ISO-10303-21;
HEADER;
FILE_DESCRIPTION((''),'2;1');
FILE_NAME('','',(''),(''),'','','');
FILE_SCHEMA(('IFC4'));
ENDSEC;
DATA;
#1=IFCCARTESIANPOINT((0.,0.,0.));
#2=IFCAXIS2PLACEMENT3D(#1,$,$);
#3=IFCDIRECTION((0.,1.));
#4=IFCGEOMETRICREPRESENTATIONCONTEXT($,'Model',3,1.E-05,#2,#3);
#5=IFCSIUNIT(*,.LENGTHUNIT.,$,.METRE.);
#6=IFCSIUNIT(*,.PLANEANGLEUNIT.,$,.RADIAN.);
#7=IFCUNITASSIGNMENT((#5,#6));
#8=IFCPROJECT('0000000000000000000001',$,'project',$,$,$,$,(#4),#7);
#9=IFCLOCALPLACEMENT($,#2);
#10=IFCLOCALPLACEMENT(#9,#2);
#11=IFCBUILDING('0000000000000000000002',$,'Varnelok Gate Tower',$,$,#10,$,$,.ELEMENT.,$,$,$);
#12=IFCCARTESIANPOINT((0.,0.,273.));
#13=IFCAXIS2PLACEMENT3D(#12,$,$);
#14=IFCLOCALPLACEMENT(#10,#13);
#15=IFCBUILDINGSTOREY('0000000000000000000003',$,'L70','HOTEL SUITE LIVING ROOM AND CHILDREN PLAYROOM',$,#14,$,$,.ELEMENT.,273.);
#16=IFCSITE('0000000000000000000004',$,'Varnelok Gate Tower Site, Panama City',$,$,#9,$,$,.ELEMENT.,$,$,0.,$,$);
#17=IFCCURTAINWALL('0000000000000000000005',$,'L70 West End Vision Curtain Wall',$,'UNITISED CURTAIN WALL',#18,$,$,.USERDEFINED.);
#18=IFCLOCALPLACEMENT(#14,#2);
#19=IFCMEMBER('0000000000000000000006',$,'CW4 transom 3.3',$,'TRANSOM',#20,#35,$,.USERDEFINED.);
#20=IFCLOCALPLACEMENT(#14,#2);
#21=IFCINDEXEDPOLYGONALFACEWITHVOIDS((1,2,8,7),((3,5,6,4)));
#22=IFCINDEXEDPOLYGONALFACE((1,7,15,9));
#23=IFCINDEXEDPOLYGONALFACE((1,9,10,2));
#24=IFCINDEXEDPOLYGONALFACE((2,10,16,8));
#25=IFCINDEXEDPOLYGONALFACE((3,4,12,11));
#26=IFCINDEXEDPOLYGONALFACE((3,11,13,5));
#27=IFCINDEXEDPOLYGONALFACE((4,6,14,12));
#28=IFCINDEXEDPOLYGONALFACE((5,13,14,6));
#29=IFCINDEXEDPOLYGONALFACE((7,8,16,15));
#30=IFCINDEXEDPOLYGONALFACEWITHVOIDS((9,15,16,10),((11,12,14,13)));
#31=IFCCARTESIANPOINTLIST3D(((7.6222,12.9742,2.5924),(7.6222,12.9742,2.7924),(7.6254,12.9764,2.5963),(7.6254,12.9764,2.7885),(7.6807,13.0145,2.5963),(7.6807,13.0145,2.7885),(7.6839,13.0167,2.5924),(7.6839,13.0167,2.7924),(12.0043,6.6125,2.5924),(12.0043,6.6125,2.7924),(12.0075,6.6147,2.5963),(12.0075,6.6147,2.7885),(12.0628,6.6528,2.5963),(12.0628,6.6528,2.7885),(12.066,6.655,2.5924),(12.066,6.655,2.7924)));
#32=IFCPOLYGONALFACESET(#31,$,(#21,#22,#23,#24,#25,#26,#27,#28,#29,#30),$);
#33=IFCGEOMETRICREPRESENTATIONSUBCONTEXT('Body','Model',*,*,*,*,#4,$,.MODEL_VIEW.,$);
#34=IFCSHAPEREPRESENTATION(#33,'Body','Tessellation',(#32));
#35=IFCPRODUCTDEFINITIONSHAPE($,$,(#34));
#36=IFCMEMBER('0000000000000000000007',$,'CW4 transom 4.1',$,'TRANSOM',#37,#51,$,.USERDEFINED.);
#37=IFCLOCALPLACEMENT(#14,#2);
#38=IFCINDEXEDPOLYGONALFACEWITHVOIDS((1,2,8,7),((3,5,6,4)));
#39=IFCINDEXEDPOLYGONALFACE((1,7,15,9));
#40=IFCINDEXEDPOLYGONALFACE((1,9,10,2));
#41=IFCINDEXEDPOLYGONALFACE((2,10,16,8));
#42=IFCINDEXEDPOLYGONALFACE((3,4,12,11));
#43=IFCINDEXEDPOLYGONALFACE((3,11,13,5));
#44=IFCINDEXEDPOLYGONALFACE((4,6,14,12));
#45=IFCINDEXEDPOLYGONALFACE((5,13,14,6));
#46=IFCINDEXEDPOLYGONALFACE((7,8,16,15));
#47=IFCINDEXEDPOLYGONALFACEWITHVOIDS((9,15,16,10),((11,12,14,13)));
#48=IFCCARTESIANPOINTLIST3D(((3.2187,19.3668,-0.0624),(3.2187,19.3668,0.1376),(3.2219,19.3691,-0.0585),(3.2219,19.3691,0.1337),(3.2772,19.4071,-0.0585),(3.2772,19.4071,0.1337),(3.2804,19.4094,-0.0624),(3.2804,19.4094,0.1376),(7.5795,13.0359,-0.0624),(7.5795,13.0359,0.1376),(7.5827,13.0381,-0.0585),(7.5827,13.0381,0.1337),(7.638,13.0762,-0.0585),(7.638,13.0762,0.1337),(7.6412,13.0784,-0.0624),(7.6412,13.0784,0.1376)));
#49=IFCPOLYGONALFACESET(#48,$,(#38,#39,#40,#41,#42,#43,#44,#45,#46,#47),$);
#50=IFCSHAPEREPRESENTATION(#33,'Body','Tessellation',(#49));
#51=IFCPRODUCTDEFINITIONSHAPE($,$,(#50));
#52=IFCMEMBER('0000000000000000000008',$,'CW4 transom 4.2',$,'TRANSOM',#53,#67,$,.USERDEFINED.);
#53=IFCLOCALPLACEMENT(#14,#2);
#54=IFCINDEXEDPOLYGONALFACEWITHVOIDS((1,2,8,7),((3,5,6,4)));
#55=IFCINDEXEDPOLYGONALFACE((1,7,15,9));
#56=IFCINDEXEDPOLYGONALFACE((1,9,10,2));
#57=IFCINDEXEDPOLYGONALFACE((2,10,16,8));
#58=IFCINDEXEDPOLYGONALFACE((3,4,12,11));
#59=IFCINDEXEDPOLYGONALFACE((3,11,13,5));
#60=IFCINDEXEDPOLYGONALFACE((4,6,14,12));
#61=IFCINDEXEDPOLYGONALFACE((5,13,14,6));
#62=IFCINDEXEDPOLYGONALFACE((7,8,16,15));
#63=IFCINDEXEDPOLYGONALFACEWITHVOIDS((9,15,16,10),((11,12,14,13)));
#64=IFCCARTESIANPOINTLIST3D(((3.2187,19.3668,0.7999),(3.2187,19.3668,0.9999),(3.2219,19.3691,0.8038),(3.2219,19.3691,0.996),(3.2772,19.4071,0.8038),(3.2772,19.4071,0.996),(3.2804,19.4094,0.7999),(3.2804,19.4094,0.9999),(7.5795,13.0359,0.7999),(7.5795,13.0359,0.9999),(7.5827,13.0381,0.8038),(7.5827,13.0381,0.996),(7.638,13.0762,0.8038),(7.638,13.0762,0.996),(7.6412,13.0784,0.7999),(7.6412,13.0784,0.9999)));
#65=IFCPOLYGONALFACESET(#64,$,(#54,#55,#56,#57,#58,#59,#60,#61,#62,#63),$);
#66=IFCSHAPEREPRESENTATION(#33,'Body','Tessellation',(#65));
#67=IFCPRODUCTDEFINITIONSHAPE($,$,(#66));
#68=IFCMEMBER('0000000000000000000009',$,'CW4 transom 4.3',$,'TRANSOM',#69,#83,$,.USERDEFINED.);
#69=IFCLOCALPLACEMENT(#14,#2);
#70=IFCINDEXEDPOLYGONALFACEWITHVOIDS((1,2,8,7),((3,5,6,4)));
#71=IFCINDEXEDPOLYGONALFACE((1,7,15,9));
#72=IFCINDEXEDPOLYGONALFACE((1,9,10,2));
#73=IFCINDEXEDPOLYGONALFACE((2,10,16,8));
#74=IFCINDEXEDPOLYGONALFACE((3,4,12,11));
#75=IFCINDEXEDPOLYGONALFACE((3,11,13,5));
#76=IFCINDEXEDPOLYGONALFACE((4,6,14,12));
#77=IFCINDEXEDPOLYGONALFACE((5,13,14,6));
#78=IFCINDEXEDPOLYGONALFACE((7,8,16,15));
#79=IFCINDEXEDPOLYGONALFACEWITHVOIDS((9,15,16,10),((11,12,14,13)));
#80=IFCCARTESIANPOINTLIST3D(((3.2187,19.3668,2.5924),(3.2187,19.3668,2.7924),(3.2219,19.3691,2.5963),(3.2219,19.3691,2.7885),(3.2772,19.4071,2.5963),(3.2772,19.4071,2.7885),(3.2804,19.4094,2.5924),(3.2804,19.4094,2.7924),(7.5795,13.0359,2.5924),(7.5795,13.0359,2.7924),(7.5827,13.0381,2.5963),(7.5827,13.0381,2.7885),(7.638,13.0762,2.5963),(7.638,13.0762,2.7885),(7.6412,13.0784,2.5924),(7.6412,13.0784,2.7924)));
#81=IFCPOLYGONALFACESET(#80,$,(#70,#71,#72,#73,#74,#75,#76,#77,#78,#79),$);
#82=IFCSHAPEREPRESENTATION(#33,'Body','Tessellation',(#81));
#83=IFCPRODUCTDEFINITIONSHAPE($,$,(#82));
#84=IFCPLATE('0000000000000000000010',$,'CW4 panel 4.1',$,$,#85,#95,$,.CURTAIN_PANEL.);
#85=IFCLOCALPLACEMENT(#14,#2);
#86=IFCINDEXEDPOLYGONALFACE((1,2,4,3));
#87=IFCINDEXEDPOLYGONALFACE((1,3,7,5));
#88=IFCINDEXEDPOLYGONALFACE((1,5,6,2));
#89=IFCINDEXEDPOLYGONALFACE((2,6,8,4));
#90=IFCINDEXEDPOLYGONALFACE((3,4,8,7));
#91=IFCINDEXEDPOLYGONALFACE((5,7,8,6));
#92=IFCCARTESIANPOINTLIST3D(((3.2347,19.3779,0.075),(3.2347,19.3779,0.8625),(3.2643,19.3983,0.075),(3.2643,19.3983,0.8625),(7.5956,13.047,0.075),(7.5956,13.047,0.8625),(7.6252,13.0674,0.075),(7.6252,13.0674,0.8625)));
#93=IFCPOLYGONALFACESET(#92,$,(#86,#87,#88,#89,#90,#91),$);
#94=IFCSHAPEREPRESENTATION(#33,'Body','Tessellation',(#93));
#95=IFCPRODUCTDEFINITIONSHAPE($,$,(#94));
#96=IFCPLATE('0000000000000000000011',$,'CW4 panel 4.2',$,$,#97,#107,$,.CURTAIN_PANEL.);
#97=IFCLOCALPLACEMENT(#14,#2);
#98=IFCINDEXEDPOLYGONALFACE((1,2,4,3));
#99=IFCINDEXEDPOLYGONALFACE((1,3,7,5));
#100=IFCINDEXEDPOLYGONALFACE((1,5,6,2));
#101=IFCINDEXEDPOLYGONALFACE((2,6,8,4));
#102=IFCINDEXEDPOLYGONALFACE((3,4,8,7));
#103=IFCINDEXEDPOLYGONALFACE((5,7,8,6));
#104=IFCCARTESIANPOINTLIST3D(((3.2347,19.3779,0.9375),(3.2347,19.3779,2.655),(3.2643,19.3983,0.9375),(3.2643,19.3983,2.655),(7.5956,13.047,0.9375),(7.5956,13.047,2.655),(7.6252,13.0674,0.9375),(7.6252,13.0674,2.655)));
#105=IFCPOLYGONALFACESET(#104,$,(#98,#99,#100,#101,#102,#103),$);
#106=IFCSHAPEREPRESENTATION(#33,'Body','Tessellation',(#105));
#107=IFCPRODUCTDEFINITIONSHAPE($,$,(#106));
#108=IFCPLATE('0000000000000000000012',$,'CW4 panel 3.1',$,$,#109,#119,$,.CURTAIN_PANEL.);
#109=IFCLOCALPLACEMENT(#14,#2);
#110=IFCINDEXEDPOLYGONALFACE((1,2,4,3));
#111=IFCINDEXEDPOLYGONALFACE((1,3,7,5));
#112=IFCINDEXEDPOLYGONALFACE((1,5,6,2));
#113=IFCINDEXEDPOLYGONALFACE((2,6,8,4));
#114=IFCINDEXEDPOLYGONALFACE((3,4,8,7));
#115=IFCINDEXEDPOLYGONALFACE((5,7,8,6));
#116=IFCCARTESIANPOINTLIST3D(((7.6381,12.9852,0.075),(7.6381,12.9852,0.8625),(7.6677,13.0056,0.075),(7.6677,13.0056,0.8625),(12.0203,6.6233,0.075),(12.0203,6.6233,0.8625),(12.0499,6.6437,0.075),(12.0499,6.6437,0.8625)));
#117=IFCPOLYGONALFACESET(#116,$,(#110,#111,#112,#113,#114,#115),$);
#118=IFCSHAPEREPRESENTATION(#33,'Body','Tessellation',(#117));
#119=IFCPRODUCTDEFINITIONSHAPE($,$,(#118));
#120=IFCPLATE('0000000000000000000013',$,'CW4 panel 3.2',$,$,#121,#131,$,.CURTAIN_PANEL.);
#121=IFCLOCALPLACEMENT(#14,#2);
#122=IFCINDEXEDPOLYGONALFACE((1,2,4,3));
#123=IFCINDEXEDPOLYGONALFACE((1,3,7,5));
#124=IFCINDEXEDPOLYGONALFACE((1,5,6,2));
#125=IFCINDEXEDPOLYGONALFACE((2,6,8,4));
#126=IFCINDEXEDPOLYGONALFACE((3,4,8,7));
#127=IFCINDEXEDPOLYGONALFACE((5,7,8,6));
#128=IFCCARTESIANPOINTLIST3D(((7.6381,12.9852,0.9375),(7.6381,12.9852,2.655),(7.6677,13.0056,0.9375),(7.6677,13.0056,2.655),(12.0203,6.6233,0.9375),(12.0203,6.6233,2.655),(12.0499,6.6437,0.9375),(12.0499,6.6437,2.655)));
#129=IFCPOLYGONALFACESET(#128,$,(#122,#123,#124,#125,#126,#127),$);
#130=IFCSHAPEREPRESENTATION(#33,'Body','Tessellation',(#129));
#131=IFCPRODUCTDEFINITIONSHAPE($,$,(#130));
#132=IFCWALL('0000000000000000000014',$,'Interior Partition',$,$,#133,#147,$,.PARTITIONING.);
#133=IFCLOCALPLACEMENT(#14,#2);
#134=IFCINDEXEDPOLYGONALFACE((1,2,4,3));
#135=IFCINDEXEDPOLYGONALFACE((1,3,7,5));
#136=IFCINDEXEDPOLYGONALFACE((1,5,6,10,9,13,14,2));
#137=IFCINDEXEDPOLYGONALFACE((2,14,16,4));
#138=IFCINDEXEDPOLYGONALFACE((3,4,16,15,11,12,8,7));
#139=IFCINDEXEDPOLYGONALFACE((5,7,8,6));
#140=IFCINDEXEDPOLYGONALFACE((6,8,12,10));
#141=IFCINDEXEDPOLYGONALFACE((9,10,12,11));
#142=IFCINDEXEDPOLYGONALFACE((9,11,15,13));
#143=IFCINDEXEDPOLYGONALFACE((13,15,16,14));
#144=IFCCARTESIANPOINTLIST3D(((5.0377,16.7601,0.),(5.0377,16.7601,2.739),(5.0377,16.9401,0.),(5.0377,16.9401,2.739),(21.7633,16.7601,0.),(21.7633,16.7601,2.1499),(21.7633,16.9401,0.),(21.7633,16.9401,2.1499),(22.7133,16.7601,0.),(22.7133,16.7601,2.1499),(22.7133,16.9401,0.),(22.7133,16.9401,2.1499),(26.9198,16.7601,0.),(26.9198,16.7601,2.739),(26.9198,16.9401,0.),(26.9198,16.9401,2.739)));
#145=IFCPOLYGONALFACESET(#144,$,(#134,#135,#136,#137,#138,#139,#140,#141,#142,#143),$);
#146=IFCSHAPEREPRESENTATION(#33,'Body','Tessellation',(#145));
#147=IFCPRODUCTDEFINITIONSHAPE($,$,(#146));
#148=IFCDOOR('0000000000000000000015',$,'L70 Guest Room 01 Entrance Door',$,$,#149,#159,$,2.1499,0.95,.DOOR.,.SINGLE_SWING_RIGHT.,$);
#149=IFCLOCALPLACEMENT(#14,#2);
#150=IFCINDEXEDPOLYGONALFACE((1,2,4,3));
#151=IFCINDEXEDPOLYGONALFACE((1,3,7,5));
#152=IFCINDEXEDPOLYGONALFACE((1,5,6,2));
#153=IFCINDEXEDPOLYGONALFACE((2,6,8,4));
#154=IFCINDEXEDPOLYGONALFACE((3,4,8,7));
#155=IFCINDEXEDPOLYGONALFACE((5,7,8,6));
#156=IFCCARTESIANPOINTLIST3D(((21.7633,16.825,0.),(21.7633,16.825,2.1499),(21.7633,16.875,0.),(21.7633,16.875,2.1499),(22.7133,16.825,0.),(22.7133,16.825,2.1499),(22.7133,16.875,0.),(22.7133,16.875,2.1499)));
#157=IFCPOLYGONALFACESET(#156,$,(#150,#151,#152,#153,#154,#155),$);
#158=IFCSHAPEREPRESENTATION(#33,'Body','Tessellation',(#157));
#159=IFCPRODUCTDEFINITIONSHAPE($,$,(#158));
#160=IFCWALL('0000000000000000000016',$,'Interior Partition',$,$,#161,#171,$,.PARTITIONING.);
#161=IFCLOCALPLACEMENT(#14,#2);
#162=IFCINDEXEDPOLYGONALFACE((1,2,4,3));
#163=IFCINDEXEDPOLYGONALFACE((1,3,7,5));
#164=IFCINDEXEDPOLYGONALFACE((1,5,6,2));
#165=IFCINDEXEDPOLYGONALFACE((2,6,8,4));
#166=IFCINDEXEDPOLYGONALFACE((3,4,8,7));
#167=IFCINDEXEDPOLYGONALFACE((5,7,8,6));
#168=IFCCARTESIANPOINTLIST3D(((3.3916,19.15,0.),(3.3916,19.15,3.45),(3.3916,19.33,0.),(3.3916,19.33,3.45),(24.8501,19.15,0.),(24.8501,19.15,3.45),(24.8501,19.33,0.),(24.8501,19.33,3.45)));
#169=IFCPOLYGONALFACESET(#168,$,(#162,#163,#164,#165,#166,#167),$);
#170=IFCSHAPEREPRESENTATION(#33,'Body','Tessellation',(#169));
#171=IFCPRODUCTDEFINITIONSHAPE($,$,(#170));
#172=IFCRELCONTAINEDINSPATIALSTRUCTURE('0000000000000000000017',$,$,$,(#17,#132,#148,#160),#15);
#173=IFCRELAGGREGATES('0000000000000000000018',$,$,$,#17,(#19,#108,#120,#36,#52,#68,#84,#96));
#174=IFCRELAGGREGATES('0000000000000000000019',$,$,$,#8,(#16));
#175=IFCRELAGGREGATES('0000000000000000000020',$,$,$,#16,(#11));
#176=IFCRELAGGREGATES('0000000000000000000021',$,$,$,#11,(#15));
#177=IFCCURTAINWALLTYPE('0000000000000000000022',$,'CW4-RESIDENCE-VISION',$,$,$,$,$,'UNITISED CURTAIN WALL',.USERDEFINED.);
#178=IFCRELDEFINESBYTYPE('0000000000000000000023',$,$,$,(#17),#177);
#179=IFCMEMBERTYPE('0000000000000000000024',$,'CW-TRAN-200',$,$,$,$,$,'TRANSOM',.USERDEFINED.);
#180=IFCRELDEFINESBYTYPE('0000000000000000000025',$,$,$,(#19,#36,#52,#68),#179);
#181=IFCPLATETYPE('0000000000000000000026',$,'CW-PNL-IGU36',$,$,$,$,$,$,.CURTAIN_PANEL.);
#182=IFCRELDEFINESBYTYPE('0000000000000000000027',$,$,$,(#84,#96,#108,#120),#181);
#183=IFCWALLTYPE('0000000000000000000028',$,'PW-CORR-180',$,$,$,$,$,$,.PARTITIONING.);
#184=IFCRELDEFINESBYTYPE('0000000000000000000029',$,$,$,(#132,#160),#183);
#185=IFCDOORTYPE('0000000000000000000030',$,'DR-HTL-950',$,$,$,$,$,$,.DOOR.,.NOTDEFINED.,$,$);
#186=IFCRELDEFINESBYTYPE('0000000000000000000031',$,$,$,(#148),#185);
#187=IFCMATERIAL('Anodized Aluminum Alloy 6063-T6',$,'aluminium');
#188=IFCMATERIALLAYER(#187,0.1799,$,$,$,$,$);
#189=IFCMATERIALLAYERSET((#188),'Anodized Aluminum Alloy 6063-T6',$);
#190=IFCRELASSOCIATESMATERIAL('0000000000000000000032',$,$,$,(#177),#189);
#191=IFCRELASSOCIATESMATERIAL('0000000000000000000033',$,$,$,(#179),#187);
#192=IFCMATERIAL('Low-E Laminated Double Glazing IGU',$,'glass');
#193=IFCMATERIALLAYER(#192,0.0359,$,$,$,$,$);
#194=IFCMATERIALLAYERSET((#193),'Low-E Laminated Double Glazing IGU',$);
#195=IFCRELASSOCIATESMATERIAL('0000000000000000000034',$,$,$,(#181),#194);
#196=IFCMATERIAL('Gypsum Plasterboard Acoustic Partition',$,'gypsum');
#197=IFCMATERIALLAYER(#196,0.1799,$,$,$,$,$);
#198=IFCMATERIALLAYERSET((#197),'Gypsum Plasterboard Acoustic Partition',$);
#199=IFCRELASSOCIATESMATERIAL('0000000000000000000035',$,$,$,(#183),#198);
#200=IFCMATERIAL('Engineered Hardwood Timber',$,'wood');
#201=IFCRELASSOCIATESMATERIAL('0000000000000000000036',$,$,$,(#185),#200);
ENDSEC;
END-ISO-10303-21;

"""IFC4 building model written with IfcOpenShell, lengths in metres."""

from ifc_helpers import new_model, si_unit, direction, frame, frame_2d, origin, origin_2d, place, context, subcontext, project, spatial, rectangle, hollow_rectangle, extrude, source, transform, mapped, material, layer, layer_set, material_profile, profile_set, type_object, element, fill, aggregate, save


model = new_model("IFC4")

# Units and contexts
model_context = context("Model", 3, precision=1e-05, world=origin(), true_north=direction((0.0, 1.0)))
body_context = subcontext(model_context, "Body", "Model", "MODEL_VIEW")
ifc_project = project(units=[si_unit("LENGTHUNIT", "METRE"), si_unit("PLANEANGLEUNIT", "RADIAN")], contexts=[model_context])

# Site, building, storey
site_placement = place(None, origin())
site = spatial("IfcSite", under=ifc_project, at=site_placement, Name="Varnelok Gate Tower Site, Panama City", CompositionType="ELEMENT", RefElevation=0.0)
building_placement = place(site_placement, origin())
building = spatial("IfcBuilding", under=site, at=building_placement, Name="Varnelok Gate Tower", CompositionType="ELEMENT")
storey_placement = place(building_placement, frame((0.0, 0.0, 273.0)))
storey = spatial("IfcBuildingStorey", under=building, at=storey_placement, Name="L70", Description="HOTEL SUITE LIVING ROOM AND CHILDREN PLAYROOM", CompositionType="ELEMENT", Elevation=273.0)

# Curtain wall, members, plates
ifc_material_1 = material(Name="Anodized Aluminum Alloy 6063-T6", Category="aluminium")
ifc_layer_1 = layer(ifc_material_1, 0.1799)
ifc_layer_set_1 = layer_set([ifc_layer_1], Name="Anodized Aluminum Alloy 6063-T6")
curtain_wall_type = type_object("IfcCurtainWallType", Name="CW4-RESIDENCE-VISION", ElementType="UNITISED CURTAIN WALL", PredefinedType="USERDEFINED", material=ifc_layer_set_1)
curtain_wall_placement = place(storey_placement, origin())
curtain_wall = element("IfcCurtainWall", 1, at=curtain_wall_placement, inside=storey, type_object=curtain_wall_type, Name="L70 West End Vision Curtain Wall", ObjectType="UNITISED CURTAIN WALL", PredefinedType="USERDEFINED")
ifc_material_profile_1 = material_profile(ifc_material_1, hollow_rectangle(XDim=0.075, YDim=0.2, WallThickness=0.0039, at=origin_2d()), Name="ALU200X75X4")
ifc_profile_set_1 = profile_set([ifc_material_profile_1], Name="Anodized Aluminum Alloy 6063-T6")
member_type_1 = type_object("IfcMemberType", Name="CW-TRAN-200", ElementType="TRANSOM", PredefinedType="USERDEFINED", material=ifc_profile_set_1)
member_1_placement = place(storey_placement, frame((12.0352, 6.6338, 2.6924), z_axis=(-0.567276, 0.823528, 0.0), x_axis=(-0.823528, -0.567276, 0.0)))
member_1 = element("IfcMember", 2, at=member_1_placement, type_object=member_type_1, Name="CW4 transom 3.3", ObjectType="TRANSOM", PredefinedType="USERDEFINED", context=body_context, shape_type="SweptSolid", body=[
    extrude(hollow_rectangle(XDim=0.075, YDim=0.2, WallThickness=0.0039, at=origin_2d()), origin(), (0.0, 0.0, 1.0), 7.7249),
])
member_2_placement = place(storey_placement, frame((7.6104, 13.0571, 0.0376), z_axis=(-0.567256, 0.823541, 0.0), x_axis=(-0.823541, -0.567256, 0.0)))
member_2 = element("IfcMember", 3, at=member_2_placement, type_object=member_type_1, Name="CW4 transom 4.1", ObjectType="TRANSOM", PredefinedType="USERDEFINED", context=body_context, shape_type="SweptSolid", body=[
    extrude(hollow_rectangle(XDim=0.075, YDim=0.2, WallThickness=0.0039, at=origin_2d()), origin(), (0.0, 0.0, 1.0), 7.6875),
])
member_3_placement = place(storey_placement, frame((7.6104, 13.0571, 0.8999), z_axis=(-0.567256, 0.823541, 0.0), x_axis=(-0.823541, -0.567256, 0.0)))
member_3 = element("IfcMember", 4, at=member_3_placement, type_object=member_type_1, Name="CW4 transom 4.2", ObjectType="TRANSOM", PredefinedType="USERDEFINED", context=body_context, shape_type="SweptSolid", body=[
    extrude(hollow_rectangle(XDim=0.075, YDim=0.2, WallThickness=0.0039, at=origin_2d()), origin(), (0.0, 0.0, 1.0), 7.6875),
])
member_4_placement = place(storey_placement, frame((7.6104, 13.0571, 2.6924), z_axis=(-0.567256, 0.823541, 0.0), x_axis=(-0.823541, -0.567256, 0.0)))
member_4 = element("IfcMember", 5, at=member_4_placement, type_object=member_type_1, Name="CW4 transom 4.3", ObjectType="TRANSOM", PredefinedType="USERDEFINED", context=body_context, shape_type="SweptSolid", body=[
    extrude(hollow_rectangle(XDim=0.075, YDim=0.2, WallThickness=0.0039, at=origin_2d()), origin(), (0.0, 0.0, 1.0), 7.6875),
])
ifc_material_2 = material(Name="Low-E Laminated Double Glazing IGU", Category="glass")
ifc_layer_2 = layer(ifc_material_2, 0.0359)
ifc_layer_set_2 = layer_set([ifc_layer_2], Name="Low-E Laminated Double Glazing IGU")
plate_type = type_object("IfcPlateType", Name="CW-PNL-IGU36", PredefinedType="CURTAIN_PANEL", material=ifc_layer_set_2)
shared_shape_1 = source(origin(), body_context, "Body", "SweptSolid", [
    extrude(rectangle(XDim=7.6875, YDim=0.0359, at=origin_2d()), origin(), (0.0, 0.0, 1.0), 0.7876),
])
plate_1_placement = place(storey_placement, frame((5.4299, 16.2227, 0.075), z_axis=(0.0, 0.0, 1.0), x_axis=(-0.567269, 0.823532, 0.0)))
plate_1 = element("IfcPlate", 6, at=plate_1_placement, type_object=plate_type, Name="CW4 panel 4.1", PredefinedType="CURTAIN_PANEL", context=body_context, shape_type="MappedRepresentation", body=[
    mapped(shared_shape_1, transform((0.0, 0.0, 0.0), scale=1.0)),
])
shared_shape_2 = source(origin(), body_context, "Body", "SweptSolid", [
    extrude(rectangle(XDim=7.6875, YDim=0.0359, at=origin_2d()), origin(), (0.0, 0.0, 1.0), 1.7175),
])
plate_2_placement = place(storey_placement, frame((5.4299, 16.2227, 0.9375), z_axis=(0.0, 0.0, 1.0), x_axis=(-0.567269, 0.823532, 0.0)))
plate_2 = element("IfcPlate", 7, at=plate_2_placement, type_object=plate_type, Name="CW4 panel 4.2", PredefinedType="CURTAIN_PANEL", context=body_context, shape_type="MappedRepresentation", body=[
    mapped(shared_shape_2, transform((0.0, 0.0, 0.0), scale=1.0)),
])
shared_shape_3 = source(origin(), body_context, "Body", "SweptSolid", [
    extrude(rectangle(XDim=7.7251, YDim=0.0359, at=origin_2d()), origin(), (0.0, 0.0, 1.0), 0.7876),
])
plate_3_placement = place(storey_placement, frame((9.844, 9.8145, 0.075), z_axis=(0.0, 0.0, 1.0), x_axis=(-0.567269, 0.823532, 0.0)))
plate_3 = element("IfcPlate", 8, at=plate_3_placement, type_object=plate_type, Name="CW4 panel 3.1", PredefinedType="CURTAIN_PANEL", context=body_context, shape_type="MappedRepresentation", body=[
    mapped(shared_shape_3, transform((0.0, 0.0, 0.0), scale=1.0)),
])
shared_shape_4 = source(origin(), body_context, "Body", "SweptSolid", [
    extrude(rectangle(XDim=7.7251, YDim=0.0359, at=origin_2d()), origin(), (0.0, 0.0, 1.0), 1.7175),
])
plate_4_placement = place(storey_placement, frame((9.844, 9.8145, 0.9375), z_axis=(0.0, 0.0, 1.0), x_axis=(-0.567269, 0.823532, 0.0)))
plate_4 = element("IfcPlate", 9, at=plate_4_placement, type_object=plate_type, Name="CW4 panel 3.2", PredefinedType="CURTAIN_PANEL", context=body_context, shape_type="MappedRepresentation", body=[
    mapped(shared_shape_4, transform((0.0, 0.0, 0.0), scale=1.0)),
])
aggregate(curtain_wall, [member_1, plate_3, plate_4, member_2, member_3, member_4, plate_1, plate_2])

# Wall, opening, door
ifc_material_3 = material(Name="Gypsum Plasterboard Acoustic Partition", Category="gypsum")
ifc_layer_3 = layer(ifc_material_3, 0.1799)
ifc_layer_set_3 = layer_set([ifc_layer_3], Name="Gypsum Plasterboard Acoustic Partition")
wall_type_1 = type_object("IfcWallType", Name="PW-CORR-180", PredefinedType="PARTITIONING", material=ifc_layer_set_3)
wall_1_placement = place(storey_placement, frame((5.0378, 16.8501, 0.0), z_axis=(0.0, 0.0, 1.0), x_axis=(1.0, 0.0, 0.0)))
wall_1 = element("IfcWall", 10, at=wall_1_placement, inside=storey, type_object=wall_type_1, Name="Interior Partition", PredefinedType="PARTITIONING", context=body_context, shape_type="SweptSolid", body=[
    extrude(rectangle(XDim=21.8821, YDim=0.1799, at=frame_2d((10.9409, 0.0))), origin(), (0.0, 0.0, 1.0), 2.739),
])
opening_placement = place(wall_1_placement, frame((16.7253, 0.0, 0.0)))
opening = element("IfcOpeningElement", 11, at=opening_placement, cuts=wall_1, PredefinedType="OPENING", context=body_context, shape_type="SweptSolid", body=[
    extrude(rectangle(XDim=0.95, YDim=2.1499, at=frame_2d((0.4751, 1.075))), frame((0.0, 0.0999, 0.0), z_axis=(0.0, -1.0, 0.0), x_axis=(1.0, 0.0, 0.0)), (0.0, 0.0, 1.0), 0.2),
])
ifc_material_4 = material(Name="Engineered Hardwood Timber", Category="wood")
door_type = type_object("IfcDoorType", Name="DR-HTL-950", OperationType="NOTDEFINED", PredefinedType="DOOR", material=ifc_material_4)
door_placement = place(opening_placement, origin())
door = element("IfcDoor", 12, at=door_placement, inside=storey, type_object=door_type, Name="L70 Guest Room 01 Entrance Door", OperationType="SINGLE_SWING_RIGHT", OverallHeight=2.1499, OverallWidth=0.95, PredefinedType="DOOR", context=body_context, shape_type="SweptSolid", body=[
    extrude(rectangle(XDim=0.95, YDim=2.1499, at=frame_2d((0.4751, 1.075))), frame((0.0, 0.0249, 0.0), z_axis=(0.0, -1.0, 0.0), x_axis=(1.0, 0.0, 0.0)), (0.0, 0.0, 1.0), 0.05),
])
fill(opening, door)

# Wall
wall_2_placement = place(storey_placement, frame((3.3916, 19.24, 0.0), z_axis=(0.0, 0.0, 1.0), x_axis=(1.0, 0.0, 0.0)))
element("IfcWall", 13, at=wall_2_placement, inside=storey, type_object=wall_type_1, Name="Interior Partition", PredefinedType="PARTITIONING", context=body_context, shape_type="SweptSolid", body=[
    extrude(rectangle(XDim=21.4585, YDim=0.1799, at=frame_2d((10.7292, 0.0))), origin(), (0.0, 0.0, 1.0), 3.45),
])

save(model, "model.ifc")
